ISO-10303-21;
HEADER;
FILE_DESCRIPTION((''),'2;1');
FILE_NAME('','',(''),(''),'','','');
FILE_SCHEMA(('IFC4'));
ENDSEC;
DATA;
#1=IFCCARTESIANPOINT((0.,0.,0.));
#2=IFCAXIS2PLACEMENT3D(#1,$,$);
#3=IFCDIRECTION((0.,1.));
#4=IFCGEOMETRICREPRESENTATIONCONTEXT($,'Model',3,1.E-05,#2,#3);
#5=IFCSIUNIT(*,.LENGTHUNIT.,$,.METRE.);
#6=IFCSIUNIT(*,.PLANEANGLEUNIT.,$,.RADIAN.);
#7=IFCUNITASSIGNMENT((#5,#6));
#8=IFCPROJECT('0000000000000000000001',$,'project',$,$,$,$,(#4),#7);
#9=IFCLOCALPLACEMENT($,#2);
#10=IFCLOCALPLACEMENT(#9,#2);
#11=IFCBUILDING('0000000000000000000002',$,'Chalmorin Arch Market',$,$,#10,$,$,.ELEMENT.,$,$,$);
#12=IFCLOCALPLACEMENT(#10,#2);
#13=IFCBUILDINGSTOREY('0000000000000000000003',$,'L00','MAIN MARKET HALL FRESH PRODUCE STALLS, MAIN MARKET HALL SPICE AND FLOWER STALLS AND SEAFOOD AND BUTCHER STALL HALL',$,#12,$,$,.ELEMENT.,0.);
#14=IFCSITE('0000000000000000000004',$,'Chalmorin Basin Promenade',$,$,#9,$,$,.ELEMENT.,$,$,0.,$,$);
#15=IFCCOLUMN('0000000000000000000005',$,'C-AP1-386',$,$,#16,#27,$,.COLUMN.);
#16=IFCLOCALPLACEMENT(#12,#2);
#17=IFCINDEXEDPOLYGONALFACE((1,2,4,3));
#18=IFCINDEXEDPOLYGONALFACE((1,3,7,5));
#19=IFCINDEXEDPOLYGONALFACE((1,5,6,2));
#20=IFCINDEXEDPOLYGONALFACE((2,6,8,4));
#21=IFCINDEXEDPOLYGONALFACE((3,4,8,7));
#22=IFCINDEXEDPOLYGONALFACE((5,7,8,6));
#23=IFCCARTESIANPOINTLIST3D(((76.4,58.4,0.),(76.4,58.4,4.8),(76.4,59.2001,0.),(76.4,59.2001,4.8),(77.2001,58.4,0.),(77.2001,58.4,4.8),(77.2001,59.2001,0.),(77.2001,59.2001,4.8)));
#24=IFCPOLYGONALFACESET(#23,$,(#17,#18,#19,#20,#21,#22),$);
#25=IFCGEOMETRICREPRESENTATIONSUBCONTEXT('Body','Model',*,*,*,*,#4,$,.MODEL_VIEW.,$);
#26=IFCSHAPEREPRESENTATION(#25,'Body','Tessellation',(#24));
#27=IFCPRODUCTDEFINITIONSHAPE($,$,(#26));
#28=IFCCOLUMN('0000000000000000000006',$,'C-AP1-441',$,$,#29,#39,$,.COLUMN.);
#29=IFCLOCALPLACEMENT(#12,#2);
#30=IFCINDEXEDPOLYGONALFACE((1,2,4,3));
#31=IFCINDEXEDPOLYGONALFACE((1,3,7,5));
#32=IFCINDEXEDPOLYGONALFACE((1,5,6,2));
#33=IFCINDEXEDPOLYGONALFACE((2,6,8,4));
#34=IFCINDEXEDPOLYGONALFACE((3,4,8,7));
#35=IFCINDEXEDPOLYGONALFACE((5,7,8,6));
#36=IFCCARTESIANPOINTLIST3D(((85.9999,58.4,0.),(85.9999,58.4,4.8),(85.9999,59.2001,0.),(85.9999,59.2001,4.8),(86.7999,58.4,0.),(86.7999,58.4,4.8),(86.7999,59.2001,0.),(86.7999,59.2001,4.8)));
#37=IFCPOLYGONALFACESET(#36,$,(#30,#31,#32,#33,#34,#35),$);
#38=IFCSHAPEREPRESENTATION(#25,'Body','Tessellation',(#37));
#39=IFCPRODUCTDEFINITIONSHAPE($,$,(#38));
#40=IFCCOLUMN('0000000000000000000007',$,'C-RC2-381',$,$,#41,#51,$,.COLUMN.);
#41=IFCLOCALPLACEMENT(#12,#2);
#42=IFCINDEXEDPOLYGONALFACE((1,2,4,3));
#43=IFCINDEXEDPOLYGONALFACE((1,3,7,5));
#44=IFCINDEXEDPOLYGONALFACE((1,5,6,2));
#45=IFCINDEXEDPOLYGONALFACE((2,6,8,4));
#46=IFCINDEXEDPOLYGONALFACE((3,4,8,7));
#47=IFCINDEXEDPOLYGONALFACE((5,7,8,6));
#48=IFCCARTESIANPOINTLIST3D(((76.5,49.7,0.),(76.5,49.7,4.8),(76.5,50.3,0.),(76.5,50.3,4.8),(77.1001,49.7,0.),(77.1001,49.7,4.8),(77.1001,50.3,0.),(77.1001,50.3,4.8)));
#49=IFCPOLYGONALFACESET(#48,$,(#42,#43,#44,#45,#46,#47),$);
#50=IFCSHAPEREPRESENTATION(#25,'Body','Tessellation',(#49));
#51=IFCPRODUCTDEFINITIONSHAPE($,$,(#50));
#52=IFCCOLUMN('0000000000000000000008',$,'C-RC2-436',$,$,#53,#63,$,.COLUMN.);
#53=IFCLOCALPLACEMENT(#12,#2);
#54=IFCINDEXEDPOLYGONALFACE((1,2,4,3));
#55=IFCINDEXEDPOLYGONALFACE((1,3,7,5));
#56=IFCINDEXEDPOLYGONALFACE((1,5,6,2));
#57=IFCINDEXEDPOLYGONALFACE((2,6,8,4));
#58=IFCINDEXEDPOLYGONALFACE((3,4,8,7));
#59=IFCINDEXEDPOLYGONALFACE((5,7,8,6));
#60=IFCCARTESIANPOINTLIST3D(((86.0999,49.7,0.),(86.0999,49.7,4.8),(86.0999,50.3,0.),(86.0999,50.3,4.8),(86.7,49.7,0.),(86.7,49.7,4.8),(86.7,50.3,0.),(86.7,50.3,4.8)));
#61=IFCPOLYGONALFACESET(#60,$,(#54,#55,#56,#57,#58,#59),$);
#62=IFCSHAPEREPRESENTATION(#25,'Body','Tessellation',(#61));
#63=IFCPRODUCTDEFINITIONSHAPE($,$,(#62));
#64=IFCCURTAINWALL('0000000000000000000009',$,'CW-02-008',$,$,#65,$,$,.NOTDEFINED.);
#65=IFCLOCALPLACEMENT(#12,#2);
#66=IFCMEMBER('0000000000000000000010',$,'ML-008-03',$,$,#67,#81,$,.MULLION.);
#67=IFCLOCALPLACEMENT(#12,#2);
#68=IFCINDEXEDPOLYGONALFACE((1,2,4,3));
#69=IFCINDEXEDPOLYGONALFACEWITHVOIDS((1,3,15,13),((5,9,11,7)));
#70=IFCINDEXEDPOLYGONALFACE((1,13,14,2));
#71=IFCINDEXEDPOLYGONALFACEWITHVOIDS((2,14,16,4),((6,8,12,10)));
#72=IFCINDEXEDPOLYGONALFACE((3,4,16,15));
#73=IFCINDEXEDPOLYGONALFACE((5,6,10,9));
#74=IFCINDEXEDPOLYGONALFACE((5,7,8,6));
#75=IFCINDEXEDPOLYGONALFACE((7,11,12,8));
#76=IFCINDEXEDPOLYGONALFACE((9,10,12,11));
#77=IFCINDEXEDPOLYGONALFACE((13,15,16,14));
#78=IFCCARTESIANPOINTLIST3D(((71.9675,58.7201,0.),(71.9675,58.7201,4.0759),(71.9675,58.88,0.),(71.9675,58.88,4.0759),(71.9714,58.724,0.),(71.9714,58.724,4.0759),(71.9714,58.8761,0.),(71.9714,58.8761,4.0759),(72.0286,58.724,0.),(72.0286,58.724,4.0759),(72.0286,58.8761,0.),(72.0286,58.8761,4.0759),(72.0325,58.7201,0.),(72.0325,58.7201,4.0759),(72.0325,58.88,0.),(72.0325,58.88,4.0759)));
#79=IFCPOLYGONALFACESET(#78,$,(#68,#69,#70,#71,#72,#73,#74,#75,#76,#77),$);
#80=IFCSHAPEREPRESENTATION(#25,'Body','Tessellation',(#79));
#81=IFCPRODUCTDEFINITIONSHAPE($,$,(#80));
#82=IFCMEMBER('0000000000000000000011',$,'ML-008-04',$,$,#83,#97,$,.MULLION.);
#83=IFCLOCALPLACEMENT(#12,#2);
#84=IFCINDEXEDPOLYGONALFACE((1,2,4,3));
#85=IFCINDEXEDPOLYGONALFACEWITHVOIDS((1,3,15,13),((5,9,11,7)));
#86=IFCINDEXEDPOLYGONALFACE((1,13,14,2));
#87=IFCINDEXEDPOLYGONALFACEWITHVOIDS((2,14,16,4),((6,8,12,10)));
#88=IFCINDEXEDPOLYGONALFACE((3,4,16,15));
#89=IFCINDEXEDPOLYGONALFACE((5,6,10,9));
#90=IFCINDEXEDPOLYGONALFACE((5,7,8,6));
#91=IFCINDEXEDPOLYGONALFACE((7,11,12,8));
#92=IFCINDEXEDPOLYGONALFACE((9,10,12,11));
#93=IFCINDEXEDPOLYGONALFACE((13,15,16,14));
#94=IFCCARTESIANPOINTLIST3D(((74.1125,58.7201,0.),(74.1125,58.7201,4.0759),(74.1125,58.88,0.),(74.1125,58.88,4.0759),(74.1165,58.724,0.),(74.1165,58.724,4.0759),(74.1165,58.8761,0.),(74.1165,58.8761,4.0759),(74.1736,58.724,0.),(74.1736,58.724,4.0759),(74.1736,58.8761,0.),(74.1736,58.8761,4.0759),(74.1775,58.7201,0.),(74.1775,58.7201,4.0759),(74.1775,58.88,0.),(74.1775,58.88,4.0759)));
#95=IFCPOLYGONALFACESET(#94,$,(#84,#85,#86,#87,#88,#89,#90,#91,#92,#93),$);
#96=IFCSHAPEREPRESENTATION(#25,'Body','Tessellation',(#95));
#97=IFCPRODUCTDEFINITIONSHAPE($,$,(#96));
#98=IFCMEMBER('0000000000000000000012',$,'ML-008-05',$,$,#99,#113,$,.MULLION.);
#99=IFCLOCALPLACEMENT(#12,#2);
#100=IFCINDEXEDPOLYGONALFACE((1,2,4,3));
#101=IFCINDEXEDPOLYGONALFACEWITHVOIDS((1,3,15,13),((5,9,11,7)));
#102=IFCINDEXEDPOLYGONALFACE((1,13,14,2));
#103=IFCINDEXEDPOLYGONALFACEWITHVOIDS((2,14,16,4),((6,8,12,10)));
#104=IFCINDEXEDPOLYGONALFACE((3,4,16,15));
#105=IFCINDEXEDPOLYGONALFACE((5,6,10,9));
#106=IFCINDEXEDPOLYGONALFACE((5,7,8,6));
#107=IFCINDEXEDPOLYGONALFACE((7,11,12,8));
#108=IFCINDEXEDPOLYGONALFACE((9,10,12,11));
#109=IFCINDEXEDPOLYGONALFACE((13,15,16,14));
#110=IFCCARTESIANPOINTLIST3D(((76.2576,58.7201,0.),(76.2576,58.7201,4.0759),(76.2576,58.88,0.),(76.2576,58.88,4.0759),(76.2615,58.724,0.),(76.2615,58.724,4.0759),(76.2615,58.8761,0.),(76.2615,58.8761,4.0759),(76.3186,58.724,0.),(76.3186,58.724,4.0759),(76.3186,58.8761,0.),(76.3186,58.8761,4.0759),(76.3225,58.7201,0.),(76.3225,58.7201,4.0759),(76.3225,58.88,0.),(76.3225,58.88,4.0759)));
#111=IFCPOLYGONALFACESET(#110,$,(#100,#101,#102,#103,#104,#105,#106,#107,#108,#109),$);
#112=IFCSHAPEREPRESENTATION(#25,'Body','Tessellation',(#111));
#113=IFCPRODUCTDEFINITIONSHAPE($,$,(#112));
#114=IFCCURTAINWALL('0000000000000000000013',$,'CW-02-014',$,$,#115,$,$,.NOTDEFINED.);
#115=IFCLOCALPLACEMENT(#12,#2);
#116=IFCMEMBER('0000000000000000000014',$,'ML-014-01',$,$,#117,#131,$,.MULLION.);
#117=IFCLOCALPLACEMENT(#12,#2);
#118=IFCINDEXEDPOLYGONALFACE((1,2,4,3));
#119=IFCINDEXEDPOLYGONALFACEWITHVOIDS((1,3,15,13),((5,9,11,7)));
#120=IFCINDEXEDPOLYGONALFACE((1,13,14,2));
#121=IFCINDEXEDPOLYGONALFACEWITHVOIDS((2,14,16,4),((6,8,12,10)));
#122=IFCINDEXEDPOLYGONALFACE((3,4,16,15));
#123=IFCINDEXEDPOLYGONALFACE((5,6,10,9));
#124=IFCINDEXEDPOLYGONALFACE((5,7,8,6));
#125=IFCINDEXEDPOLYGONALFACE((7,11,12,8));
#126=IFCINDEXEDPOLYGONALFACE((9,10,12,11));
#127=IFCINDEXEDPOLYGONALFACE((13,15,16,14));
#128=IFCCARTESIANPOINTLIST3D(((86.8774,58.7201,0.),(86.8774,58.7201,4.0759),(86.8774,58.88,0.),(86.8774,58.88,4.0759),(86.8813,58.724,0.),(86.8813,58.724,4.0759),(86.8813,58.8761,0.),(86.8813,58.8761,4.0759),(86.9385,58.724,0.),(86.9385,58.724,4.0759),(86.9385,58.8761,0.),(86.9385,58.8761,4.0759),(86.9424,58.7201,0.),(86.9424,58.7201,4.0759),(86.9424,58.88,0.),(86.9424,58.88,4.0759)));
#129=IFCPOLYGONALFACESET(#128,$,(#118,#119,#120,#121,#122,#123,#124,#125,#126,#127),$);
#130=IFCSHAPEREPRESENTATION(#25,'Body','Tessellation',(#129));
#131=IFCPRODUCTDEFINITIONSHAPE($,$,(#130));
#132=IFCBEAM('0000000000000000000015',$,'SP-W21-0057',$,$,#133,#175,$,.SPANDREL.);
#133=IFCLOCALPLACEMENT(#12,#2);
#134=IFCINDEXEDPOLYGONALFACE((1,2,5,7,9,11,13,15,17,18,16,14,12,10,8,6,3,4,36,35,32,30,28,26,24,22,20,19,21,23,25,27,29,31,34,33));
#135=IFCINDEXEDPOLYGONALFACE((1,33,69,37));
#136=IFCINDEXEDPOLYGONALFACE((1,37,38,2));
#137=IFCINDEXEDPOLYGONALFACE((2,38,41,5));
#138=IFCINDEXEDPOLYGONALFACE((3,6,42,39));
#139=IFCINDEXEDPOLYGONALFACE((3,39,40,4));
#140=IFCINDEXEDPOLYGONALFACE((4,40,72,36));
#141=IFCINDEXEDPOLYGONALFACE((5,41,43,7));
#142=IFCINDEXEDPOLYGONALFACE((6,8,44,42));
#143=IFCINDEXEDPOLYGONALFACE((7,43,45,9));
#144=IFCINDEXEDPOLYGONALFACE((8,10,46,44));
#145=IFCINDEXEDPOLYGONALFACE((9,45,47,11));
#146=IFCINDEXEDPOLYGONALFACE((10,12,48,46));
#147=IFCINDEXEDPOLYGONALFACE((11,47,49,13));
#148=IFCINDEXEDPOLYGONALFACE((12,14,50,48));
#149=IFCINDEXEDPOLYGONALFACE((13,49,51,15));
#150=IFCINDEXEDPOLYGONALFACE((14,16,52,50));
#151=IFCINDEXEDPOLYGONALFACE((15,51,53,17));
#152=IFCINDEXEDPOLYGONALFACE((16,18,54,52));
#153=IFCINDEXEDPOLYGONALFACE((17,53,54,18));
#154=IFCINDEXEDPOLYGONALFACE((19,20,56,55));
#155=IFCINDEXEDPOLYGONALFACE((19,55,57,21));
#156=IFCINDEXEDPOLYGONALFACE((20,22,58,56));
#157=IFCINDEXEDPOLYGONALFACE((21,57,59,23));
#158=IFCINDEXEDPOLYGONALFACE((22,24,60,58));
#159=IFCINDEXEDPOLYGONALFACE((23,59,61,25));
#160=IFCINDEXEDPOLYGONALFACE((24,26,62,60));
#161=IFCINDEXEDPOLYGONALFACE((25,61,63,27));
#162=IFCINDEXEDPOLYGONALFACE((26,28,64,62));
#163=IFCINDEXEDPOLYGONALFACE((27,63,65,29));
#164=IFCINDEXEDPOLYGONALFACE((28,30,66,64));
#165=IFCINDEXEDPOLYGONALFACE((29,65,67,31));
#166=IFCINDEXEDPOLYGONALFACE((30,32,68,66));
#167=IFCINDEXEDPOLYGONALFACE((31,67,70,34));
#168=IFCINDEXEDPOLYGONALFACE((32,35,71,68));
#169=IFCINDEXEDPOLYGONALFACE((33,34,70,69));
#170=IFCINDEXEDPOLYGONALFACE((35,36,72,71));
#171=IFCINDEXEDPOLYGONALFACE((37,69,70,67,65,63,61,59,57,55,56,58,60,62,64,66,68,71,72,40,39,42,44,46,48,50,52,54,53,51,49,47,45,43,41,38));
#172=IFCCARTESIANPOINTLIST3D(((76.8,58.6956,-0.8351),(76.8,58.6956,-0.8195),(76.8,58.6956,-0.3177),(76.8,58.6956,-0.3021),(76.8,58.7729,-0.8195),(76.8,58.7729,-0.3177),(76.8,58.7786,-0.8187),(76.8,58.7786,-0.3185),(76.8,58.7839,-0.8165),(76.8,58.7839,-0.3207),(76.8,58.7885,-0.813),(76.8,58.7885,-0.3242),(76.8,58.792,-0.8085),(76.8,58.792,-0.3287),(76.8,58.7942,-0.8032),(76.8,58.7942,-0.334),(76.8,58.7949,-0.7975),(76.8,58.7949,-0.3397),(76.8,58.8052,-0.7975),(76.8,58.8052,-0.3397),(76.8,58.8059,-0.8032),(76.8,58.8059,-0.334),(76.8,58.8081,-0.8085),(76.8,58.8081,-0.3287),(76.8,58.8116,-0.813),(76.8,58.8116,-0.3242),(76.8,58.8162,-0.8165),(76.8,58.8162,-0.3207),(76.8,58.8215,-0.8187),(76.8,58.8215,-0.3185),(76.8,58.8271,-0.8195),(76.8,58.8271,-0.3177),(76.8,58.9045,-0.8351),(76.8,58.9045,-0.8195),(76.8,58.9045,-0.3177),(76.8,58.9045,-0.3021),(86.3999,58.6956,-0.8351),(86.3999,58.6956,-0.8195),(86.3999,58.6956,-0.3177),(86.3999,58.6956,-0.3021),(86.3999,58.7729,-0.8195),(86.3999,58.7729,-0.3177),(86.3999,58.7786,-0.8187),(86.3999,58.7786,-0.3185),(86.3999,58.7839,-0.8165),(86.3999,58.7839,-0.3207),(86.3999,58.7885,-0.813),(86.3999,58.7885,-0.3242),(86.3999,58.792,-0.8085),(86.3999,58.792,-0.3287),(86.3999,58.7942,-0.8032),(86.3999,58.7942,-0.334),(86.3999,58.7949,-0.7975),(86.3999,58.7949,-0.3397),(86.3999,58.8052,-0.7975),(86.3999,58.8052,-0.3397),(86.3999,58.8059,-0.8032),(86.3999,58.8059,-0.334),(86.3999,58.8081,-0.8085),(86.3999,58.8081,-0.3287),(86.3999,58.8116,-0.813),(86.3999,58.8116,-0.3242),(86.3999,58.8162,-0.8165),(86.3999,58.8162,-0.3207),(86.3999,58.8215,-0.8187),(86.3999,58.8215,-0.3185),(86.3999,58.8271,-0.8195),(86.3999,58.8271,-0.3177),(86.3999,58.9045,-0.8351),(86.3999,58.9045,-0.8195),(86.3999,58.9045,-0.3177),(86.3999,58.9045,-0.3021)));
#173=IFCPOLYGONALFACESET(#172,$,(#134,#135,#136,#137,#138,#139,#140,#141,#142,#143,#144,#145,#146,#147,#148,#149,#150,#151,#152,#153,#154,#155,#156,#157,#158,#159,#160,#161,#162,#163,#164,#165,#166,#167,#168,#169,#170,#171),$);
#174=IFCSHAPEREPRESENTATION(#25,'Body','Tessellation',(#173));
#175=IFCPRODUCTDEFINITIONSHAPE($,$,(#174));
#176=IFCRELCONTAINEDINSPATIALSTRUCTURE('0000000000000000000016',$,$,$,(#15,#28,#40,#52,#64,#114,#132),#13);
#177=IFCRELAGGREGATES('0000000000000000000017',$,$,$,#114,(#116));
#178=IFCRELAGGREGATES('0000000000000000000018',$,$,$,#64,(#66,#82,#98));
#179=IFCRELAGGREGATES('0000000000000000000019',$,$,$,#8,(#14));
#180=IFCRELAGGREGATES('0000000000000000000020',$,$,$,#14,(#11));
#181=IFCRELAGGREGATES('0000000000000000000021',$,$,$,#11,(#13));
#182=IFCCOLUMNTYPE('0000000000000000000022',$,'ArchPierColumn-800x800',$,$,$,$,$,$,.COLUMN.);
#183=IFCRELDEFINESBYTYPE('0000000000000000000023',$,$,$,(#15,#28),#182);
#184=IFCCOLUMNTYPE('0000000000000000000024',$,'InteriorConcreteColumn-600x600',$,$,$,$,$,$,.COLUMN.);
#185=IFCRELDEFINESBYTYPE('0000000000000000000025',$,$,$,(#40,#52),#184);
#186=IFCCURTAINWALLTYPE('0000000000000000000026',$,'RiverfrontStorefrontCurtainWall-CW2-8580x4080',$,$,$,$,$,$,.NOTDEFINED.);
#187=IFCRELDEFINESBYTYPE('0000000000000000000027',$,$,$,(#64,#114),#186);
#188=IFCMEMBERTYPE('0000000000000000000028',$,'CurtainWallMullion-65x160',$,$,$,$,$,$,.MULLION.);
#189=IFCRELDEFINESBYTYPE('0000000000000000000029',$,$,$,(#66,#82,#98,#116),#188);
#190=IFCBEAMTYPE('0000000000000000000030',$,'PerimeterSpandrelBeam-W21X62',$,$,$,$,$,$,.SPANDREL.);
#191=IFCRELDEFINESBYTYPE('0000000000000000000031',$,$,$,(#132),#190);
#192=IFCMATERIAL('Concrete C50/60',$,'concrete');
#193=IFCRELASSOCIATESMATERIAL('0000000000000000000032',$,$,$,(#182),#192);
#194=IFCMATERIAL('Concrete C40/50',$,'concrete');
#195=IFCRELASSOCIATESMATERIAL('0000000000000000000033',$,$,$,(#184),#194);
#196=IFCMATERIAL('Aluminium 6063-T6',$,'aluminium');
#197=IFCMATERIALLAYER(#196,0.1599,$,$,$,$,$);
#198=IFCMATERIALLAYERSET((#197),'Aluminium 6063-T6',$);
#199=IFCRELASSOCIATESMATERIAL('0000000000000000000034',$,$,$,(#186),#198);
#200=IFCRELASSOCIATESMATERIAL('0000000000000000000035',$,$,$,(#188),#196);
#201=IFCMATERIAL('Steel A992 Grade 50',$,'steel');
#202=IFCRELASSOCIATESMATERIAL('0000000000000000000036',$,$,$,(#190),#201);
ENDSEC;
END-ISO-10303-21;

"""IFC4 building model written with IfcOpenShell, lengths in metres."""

from ifc_helpers import new_model, si_unit, direction, frame, origin, origin_2d, place, context, subcontext, project, spatial, rectangle, hollow_rectangle, i_section, extrude, material, layer, layer_set, material_profile, profile_set, type_object, element, aggregate, save


model = new_model("IFC4")

# Units and contexts
model_context = context("Model", 3, precision=1e-05, world=origin(), true_north=direction((0.0, 1.0)))
body_context = subcontext(model_context, "Body", "Model", "MODEL_VIEW")
ifc_project = project(units=[si_unit("LENGTHUNIT", "METRE"), si_unit("PLANEANGLEUNIT", "RADIAN")], contexts=[model_context])

# Site, building, storey
site_placement = place(None, origin())
site = spatial("IfcSite", under=ifc_project, at=site_placement, Name="Chalmorin Basin Promenade", CompositionType="ELEMENT", RefElevation=0.0)
building_placement = place(site_placement, origin())
building = spatial("IfcBuilding", under=site, at=building_placement, Name="Chalmorin Arch Market", CompositionType="ELEMENT")
storey_placement = place(building_placement, origin())
storey = spatial("IfcBuildingStorey", under=building, at=storey_placement, Name="L00", Description="MAIN MARKET HALL FRESH PRODUCE STALLS, MAIN MARKET HALL SPICE AND FLOWER STALLS AND SEAFOOD AND BUTCHER STALL HALL", CompositionType="ELEMENT", Elevation=0.0)

# Columns
ifc_material_1 = material(Name="Concrete C50/60", Category="concrete")
ifc_material_profile_1 = material_profile(ifc_material_1, rectangle(XDim=0.8, YDim=0.8, at=origin_2d()), Name="RC800X800")
ifc_profile_set_1 = profile_set([ifc_material_profile_1], Name="Concrete C50/60")
column_type_1 = type_object("IfcColumnType", Name="ArchPierColumn-800x800", PredefinedType="COLUMN", material=ifc_profile_set_1)
for number, where, z_axis, x_axis, name in (
    (1, (76.8, 58.8, 0.0), (0.0, 0.0, 1.0), (1.0, 0.0, 0.0), "C-AP1-386"),
    (2, (86.3999, 58.8, 0.0), (0.0, 0.0, 1.0), (1.0, 0.0, 0.0), "C-AP1-441"),
):
    element("IfcColumn", number, at=place(storey_placement, frame(where, z_axis=z_axis, x_axis=x_axis)), inside=storey, type_object=column_type_1, Name=name, PredefinedType="COLUMN", context=body_context, shape_type="SweptSolid", body=[
        extrude(rectangle(XDim=0.8, YDim=0.8, at=origin_2d()), origin(), (0.0, 0.0, 1.0), 4.8),
    ])
ifc_material_2 = material(Name="Concrete C40/50", Category="concrete")
ifc_material_profile_2 = material_profile(ifc_material_2, rectangle(XDim=0.6001, YDim=0.6001, at=origin_2d()), Name="RC600X600")
ifc_profile_set_2 = profile_set([ifc_material_profile_2], Name="Concrete C40/50")
column_type_2 = type_object("IfcColumnType", Name="InteriorConcreteColumn-600x600", PredefinedType="COLUMN", material=ifc_profile_set_2)
for number, where, z_axis, x_axis, name in (
    (3, (76.8, 50.0, 0.0), (0.0, 0.0, 1.0), (1.0, 0.0, 0.0), "C-RC2-381"),
    (4, (86.3999, 50.0, 0.0), (0.0, 0.0, 1.0), (1.0, 0.0, 0.0), "C-RC2-436"),
):
    element("IfcColumn", number, at=place(storey_placement, frame(where, z_axis=z_axis, x_axis=x_axis)), inside=storey, type_object=column_type_2, Name=name, PredefinedType="COLUMN", context=body_context, shape_type="SweptSolid", body=[
        extrude(rectangle(XDim=0.6001, YDim=0.6001, at=origin_2d()), origin(), (0.0, 0.0, 1.0), 4.8),
    ])

# Curtain wall, members
ifc_material_3 = material(Name="Aluminium 6063-T6", Category="aluminium")
ifc_layer_1 = layer(ifc_material_3, 0.1599)
ifc_layer_set_1 = layer_set([ifc_layer_1], Name="Aluminium 6063-T6")
curtain_wall_type = type_object("IfcCurtainWallType", Name="RiverfrontStorefrontCurtainWall-CW2-8580x4080", PredefinedType="NOTDEFINED", material=ifc_layer_set_1)
curtain_wall_1_placement = place(storey_placement, origin())
curtain_wall_1 = element("IfcCurtainWall", 5, at=curtain_wall_1_placement, inside=storey, type_object=curtain_wall_type, Name="CW-02-008", PredefinedType="NOTDEFINED")
ifc_material_profile_3 = material_profile(ifc_material_3, hollow_rectangle(XDim=0.0649, YDim=0.1599, WallThickness=0.0039, at=origin_2d()), Name="ALU65X160X4")
ifc_profile_set_3 = profile_set([ifc_material_profile_3], Name="Aluminium 6063-T6")
member_type = type_object("IfcMemberType", Name="CurtainWallMullion-65x160", PredefinedType="MULLION", material=ifc_profile_set_3)
member_1_placement = place(storey_placement, frame((72.0, 58.8, 0.0), z_axis=(0.0, 0.0, 1.0), x_axis=(1.0, 0.0, 0.0)))
member_1 = element("IfcMember", 6, at=member_1_placement, type_object=member_type, Name="ML-008-03", PredefinedType="MULLION", context=body_context, shape_type="SweptSolid", body=[
    extrude(hollow_rectangle(XDim=0.0649, YDim=0.1599, WallThickness=0.0039, at=origin_2d()), origin(), (0.0, 0.0, 1.0), 4.0759),
])
member_2_placement = place(storey_placement, frame((74.145, 58.8, 0.0), z_axis=(0.0, 0.0, 1.0), x_axis=(1.0, 0.0, 0.0)))
member_2 = element("IfcMember", 7, at=member_2_placement, type_object=member_type, Name="ML-008-04", PredefinedType="MULLION", context=body_context, shape_type="SweptSolid", body=[
    extrude(hollow_rectangle(XDim=0.0649, YDim=0.1599, WallThickness=0.0039, at=origin_2d()), origin(), (0.0, 0.0, 1.0), 4.0759),
])
member_3_placement = place(storey_placement, frame((76.29, 58.8, 0.0), z_axis=(0.0, 0.0, 1.0), x_axis=(1.0, 0.0, 0.0)))
member_3 = element("IfcMember", 8, at=member_3_placement, type_object=member_type, Name="ML-008-05", PredefinedType="MULLION", context=body_context, shape_type="SweptSolid", body=[
    extrude(hollow_rectangle(XDim=0.0649, YDim=0.1599, WallThickness=0.0039, at=origin_2d()), origin(), (0.0, 0.0, 1.0), 4.0759),
])

# Curtain wall, member
curtain_wall_2_placement = place(storey_placement, origin())
curtain_wall_2 = element("IfcCurtainWall", 9, at=curtain_wall_2_placement, inside=storey, type_object=curtain_wall_type, Name="CW-02-014", PredefinedType="NOTDEFINED")
member_4_placement = place(storey_placement, frame((86.9099, 58.8, 0.0), z_axis=(0.0, 0.0, 1.0), x_axis=(1.0, 0.0, 0.0)))
member_4 = element("IfcMember", 10, at=member_4_placement, type_object=member_type, Name="ML-014-01", PredefinedType="MULLION", context=body_context, shape_type="SweptSolid", body=[
    extrude(hollow_rectangle(XDim=0.0649, YDim=0.1599, WallThickness=0.0039, at=origin_2d()), origin(), (0.0, 0.0, 1.0), 4.0759),
])
aggregate(curtain_wall_2, [member_4])

# Beam
ifc_material_4 = material(Name="Steel A992 Grade 50", Category="steel")
ifc_material_profile_4 = material_profile(ifc_material_4, i_section(OverallWidth=0.209, OverallDepth=0.533, WebThickness=0.0103, FlangeThickness=0.0156, FilletRadius=0.022, at=origin_2d()), Name="W21X62")
ifc_profile_set_4 = profile_set([ifc_material_profile_4], Name="Steel A992 Grade 50")
beam_type_1 = type_object("IfcBeamType", Name="PerimeterSpandrelBeam-W21X62", PredefinedType="SPANDREL", material=ifc_profile_set_4)
beam_1_placement = place(storey_placement, frame((76.8, 58.8, -0.5686), z_axis=(1.0, 0.0, 0.0), x_axis=(0.0, 1.0, 0.0)))
element("IfcBeam", 11, at=beam_1_placement, inside=storey, type_object=beam_type_1, Name="SP-W21-0057", PredefinedType="SPANDREL", context=body_context, shape_type="SweptSolid", body=[
    extrude(i_section(OverallWidth=0.209, OverallDepth=0.533, WebThickness=0.0103, FlangeThickness=0.0156, FilletRadius=0.022, at=origin_2d()), origin(), (0.0, 0.0, 1.0), 9.5999),
])

aggregate(curtain_wall_1, [member_1, member_2, member_3])

save(model, "model.ifc")
